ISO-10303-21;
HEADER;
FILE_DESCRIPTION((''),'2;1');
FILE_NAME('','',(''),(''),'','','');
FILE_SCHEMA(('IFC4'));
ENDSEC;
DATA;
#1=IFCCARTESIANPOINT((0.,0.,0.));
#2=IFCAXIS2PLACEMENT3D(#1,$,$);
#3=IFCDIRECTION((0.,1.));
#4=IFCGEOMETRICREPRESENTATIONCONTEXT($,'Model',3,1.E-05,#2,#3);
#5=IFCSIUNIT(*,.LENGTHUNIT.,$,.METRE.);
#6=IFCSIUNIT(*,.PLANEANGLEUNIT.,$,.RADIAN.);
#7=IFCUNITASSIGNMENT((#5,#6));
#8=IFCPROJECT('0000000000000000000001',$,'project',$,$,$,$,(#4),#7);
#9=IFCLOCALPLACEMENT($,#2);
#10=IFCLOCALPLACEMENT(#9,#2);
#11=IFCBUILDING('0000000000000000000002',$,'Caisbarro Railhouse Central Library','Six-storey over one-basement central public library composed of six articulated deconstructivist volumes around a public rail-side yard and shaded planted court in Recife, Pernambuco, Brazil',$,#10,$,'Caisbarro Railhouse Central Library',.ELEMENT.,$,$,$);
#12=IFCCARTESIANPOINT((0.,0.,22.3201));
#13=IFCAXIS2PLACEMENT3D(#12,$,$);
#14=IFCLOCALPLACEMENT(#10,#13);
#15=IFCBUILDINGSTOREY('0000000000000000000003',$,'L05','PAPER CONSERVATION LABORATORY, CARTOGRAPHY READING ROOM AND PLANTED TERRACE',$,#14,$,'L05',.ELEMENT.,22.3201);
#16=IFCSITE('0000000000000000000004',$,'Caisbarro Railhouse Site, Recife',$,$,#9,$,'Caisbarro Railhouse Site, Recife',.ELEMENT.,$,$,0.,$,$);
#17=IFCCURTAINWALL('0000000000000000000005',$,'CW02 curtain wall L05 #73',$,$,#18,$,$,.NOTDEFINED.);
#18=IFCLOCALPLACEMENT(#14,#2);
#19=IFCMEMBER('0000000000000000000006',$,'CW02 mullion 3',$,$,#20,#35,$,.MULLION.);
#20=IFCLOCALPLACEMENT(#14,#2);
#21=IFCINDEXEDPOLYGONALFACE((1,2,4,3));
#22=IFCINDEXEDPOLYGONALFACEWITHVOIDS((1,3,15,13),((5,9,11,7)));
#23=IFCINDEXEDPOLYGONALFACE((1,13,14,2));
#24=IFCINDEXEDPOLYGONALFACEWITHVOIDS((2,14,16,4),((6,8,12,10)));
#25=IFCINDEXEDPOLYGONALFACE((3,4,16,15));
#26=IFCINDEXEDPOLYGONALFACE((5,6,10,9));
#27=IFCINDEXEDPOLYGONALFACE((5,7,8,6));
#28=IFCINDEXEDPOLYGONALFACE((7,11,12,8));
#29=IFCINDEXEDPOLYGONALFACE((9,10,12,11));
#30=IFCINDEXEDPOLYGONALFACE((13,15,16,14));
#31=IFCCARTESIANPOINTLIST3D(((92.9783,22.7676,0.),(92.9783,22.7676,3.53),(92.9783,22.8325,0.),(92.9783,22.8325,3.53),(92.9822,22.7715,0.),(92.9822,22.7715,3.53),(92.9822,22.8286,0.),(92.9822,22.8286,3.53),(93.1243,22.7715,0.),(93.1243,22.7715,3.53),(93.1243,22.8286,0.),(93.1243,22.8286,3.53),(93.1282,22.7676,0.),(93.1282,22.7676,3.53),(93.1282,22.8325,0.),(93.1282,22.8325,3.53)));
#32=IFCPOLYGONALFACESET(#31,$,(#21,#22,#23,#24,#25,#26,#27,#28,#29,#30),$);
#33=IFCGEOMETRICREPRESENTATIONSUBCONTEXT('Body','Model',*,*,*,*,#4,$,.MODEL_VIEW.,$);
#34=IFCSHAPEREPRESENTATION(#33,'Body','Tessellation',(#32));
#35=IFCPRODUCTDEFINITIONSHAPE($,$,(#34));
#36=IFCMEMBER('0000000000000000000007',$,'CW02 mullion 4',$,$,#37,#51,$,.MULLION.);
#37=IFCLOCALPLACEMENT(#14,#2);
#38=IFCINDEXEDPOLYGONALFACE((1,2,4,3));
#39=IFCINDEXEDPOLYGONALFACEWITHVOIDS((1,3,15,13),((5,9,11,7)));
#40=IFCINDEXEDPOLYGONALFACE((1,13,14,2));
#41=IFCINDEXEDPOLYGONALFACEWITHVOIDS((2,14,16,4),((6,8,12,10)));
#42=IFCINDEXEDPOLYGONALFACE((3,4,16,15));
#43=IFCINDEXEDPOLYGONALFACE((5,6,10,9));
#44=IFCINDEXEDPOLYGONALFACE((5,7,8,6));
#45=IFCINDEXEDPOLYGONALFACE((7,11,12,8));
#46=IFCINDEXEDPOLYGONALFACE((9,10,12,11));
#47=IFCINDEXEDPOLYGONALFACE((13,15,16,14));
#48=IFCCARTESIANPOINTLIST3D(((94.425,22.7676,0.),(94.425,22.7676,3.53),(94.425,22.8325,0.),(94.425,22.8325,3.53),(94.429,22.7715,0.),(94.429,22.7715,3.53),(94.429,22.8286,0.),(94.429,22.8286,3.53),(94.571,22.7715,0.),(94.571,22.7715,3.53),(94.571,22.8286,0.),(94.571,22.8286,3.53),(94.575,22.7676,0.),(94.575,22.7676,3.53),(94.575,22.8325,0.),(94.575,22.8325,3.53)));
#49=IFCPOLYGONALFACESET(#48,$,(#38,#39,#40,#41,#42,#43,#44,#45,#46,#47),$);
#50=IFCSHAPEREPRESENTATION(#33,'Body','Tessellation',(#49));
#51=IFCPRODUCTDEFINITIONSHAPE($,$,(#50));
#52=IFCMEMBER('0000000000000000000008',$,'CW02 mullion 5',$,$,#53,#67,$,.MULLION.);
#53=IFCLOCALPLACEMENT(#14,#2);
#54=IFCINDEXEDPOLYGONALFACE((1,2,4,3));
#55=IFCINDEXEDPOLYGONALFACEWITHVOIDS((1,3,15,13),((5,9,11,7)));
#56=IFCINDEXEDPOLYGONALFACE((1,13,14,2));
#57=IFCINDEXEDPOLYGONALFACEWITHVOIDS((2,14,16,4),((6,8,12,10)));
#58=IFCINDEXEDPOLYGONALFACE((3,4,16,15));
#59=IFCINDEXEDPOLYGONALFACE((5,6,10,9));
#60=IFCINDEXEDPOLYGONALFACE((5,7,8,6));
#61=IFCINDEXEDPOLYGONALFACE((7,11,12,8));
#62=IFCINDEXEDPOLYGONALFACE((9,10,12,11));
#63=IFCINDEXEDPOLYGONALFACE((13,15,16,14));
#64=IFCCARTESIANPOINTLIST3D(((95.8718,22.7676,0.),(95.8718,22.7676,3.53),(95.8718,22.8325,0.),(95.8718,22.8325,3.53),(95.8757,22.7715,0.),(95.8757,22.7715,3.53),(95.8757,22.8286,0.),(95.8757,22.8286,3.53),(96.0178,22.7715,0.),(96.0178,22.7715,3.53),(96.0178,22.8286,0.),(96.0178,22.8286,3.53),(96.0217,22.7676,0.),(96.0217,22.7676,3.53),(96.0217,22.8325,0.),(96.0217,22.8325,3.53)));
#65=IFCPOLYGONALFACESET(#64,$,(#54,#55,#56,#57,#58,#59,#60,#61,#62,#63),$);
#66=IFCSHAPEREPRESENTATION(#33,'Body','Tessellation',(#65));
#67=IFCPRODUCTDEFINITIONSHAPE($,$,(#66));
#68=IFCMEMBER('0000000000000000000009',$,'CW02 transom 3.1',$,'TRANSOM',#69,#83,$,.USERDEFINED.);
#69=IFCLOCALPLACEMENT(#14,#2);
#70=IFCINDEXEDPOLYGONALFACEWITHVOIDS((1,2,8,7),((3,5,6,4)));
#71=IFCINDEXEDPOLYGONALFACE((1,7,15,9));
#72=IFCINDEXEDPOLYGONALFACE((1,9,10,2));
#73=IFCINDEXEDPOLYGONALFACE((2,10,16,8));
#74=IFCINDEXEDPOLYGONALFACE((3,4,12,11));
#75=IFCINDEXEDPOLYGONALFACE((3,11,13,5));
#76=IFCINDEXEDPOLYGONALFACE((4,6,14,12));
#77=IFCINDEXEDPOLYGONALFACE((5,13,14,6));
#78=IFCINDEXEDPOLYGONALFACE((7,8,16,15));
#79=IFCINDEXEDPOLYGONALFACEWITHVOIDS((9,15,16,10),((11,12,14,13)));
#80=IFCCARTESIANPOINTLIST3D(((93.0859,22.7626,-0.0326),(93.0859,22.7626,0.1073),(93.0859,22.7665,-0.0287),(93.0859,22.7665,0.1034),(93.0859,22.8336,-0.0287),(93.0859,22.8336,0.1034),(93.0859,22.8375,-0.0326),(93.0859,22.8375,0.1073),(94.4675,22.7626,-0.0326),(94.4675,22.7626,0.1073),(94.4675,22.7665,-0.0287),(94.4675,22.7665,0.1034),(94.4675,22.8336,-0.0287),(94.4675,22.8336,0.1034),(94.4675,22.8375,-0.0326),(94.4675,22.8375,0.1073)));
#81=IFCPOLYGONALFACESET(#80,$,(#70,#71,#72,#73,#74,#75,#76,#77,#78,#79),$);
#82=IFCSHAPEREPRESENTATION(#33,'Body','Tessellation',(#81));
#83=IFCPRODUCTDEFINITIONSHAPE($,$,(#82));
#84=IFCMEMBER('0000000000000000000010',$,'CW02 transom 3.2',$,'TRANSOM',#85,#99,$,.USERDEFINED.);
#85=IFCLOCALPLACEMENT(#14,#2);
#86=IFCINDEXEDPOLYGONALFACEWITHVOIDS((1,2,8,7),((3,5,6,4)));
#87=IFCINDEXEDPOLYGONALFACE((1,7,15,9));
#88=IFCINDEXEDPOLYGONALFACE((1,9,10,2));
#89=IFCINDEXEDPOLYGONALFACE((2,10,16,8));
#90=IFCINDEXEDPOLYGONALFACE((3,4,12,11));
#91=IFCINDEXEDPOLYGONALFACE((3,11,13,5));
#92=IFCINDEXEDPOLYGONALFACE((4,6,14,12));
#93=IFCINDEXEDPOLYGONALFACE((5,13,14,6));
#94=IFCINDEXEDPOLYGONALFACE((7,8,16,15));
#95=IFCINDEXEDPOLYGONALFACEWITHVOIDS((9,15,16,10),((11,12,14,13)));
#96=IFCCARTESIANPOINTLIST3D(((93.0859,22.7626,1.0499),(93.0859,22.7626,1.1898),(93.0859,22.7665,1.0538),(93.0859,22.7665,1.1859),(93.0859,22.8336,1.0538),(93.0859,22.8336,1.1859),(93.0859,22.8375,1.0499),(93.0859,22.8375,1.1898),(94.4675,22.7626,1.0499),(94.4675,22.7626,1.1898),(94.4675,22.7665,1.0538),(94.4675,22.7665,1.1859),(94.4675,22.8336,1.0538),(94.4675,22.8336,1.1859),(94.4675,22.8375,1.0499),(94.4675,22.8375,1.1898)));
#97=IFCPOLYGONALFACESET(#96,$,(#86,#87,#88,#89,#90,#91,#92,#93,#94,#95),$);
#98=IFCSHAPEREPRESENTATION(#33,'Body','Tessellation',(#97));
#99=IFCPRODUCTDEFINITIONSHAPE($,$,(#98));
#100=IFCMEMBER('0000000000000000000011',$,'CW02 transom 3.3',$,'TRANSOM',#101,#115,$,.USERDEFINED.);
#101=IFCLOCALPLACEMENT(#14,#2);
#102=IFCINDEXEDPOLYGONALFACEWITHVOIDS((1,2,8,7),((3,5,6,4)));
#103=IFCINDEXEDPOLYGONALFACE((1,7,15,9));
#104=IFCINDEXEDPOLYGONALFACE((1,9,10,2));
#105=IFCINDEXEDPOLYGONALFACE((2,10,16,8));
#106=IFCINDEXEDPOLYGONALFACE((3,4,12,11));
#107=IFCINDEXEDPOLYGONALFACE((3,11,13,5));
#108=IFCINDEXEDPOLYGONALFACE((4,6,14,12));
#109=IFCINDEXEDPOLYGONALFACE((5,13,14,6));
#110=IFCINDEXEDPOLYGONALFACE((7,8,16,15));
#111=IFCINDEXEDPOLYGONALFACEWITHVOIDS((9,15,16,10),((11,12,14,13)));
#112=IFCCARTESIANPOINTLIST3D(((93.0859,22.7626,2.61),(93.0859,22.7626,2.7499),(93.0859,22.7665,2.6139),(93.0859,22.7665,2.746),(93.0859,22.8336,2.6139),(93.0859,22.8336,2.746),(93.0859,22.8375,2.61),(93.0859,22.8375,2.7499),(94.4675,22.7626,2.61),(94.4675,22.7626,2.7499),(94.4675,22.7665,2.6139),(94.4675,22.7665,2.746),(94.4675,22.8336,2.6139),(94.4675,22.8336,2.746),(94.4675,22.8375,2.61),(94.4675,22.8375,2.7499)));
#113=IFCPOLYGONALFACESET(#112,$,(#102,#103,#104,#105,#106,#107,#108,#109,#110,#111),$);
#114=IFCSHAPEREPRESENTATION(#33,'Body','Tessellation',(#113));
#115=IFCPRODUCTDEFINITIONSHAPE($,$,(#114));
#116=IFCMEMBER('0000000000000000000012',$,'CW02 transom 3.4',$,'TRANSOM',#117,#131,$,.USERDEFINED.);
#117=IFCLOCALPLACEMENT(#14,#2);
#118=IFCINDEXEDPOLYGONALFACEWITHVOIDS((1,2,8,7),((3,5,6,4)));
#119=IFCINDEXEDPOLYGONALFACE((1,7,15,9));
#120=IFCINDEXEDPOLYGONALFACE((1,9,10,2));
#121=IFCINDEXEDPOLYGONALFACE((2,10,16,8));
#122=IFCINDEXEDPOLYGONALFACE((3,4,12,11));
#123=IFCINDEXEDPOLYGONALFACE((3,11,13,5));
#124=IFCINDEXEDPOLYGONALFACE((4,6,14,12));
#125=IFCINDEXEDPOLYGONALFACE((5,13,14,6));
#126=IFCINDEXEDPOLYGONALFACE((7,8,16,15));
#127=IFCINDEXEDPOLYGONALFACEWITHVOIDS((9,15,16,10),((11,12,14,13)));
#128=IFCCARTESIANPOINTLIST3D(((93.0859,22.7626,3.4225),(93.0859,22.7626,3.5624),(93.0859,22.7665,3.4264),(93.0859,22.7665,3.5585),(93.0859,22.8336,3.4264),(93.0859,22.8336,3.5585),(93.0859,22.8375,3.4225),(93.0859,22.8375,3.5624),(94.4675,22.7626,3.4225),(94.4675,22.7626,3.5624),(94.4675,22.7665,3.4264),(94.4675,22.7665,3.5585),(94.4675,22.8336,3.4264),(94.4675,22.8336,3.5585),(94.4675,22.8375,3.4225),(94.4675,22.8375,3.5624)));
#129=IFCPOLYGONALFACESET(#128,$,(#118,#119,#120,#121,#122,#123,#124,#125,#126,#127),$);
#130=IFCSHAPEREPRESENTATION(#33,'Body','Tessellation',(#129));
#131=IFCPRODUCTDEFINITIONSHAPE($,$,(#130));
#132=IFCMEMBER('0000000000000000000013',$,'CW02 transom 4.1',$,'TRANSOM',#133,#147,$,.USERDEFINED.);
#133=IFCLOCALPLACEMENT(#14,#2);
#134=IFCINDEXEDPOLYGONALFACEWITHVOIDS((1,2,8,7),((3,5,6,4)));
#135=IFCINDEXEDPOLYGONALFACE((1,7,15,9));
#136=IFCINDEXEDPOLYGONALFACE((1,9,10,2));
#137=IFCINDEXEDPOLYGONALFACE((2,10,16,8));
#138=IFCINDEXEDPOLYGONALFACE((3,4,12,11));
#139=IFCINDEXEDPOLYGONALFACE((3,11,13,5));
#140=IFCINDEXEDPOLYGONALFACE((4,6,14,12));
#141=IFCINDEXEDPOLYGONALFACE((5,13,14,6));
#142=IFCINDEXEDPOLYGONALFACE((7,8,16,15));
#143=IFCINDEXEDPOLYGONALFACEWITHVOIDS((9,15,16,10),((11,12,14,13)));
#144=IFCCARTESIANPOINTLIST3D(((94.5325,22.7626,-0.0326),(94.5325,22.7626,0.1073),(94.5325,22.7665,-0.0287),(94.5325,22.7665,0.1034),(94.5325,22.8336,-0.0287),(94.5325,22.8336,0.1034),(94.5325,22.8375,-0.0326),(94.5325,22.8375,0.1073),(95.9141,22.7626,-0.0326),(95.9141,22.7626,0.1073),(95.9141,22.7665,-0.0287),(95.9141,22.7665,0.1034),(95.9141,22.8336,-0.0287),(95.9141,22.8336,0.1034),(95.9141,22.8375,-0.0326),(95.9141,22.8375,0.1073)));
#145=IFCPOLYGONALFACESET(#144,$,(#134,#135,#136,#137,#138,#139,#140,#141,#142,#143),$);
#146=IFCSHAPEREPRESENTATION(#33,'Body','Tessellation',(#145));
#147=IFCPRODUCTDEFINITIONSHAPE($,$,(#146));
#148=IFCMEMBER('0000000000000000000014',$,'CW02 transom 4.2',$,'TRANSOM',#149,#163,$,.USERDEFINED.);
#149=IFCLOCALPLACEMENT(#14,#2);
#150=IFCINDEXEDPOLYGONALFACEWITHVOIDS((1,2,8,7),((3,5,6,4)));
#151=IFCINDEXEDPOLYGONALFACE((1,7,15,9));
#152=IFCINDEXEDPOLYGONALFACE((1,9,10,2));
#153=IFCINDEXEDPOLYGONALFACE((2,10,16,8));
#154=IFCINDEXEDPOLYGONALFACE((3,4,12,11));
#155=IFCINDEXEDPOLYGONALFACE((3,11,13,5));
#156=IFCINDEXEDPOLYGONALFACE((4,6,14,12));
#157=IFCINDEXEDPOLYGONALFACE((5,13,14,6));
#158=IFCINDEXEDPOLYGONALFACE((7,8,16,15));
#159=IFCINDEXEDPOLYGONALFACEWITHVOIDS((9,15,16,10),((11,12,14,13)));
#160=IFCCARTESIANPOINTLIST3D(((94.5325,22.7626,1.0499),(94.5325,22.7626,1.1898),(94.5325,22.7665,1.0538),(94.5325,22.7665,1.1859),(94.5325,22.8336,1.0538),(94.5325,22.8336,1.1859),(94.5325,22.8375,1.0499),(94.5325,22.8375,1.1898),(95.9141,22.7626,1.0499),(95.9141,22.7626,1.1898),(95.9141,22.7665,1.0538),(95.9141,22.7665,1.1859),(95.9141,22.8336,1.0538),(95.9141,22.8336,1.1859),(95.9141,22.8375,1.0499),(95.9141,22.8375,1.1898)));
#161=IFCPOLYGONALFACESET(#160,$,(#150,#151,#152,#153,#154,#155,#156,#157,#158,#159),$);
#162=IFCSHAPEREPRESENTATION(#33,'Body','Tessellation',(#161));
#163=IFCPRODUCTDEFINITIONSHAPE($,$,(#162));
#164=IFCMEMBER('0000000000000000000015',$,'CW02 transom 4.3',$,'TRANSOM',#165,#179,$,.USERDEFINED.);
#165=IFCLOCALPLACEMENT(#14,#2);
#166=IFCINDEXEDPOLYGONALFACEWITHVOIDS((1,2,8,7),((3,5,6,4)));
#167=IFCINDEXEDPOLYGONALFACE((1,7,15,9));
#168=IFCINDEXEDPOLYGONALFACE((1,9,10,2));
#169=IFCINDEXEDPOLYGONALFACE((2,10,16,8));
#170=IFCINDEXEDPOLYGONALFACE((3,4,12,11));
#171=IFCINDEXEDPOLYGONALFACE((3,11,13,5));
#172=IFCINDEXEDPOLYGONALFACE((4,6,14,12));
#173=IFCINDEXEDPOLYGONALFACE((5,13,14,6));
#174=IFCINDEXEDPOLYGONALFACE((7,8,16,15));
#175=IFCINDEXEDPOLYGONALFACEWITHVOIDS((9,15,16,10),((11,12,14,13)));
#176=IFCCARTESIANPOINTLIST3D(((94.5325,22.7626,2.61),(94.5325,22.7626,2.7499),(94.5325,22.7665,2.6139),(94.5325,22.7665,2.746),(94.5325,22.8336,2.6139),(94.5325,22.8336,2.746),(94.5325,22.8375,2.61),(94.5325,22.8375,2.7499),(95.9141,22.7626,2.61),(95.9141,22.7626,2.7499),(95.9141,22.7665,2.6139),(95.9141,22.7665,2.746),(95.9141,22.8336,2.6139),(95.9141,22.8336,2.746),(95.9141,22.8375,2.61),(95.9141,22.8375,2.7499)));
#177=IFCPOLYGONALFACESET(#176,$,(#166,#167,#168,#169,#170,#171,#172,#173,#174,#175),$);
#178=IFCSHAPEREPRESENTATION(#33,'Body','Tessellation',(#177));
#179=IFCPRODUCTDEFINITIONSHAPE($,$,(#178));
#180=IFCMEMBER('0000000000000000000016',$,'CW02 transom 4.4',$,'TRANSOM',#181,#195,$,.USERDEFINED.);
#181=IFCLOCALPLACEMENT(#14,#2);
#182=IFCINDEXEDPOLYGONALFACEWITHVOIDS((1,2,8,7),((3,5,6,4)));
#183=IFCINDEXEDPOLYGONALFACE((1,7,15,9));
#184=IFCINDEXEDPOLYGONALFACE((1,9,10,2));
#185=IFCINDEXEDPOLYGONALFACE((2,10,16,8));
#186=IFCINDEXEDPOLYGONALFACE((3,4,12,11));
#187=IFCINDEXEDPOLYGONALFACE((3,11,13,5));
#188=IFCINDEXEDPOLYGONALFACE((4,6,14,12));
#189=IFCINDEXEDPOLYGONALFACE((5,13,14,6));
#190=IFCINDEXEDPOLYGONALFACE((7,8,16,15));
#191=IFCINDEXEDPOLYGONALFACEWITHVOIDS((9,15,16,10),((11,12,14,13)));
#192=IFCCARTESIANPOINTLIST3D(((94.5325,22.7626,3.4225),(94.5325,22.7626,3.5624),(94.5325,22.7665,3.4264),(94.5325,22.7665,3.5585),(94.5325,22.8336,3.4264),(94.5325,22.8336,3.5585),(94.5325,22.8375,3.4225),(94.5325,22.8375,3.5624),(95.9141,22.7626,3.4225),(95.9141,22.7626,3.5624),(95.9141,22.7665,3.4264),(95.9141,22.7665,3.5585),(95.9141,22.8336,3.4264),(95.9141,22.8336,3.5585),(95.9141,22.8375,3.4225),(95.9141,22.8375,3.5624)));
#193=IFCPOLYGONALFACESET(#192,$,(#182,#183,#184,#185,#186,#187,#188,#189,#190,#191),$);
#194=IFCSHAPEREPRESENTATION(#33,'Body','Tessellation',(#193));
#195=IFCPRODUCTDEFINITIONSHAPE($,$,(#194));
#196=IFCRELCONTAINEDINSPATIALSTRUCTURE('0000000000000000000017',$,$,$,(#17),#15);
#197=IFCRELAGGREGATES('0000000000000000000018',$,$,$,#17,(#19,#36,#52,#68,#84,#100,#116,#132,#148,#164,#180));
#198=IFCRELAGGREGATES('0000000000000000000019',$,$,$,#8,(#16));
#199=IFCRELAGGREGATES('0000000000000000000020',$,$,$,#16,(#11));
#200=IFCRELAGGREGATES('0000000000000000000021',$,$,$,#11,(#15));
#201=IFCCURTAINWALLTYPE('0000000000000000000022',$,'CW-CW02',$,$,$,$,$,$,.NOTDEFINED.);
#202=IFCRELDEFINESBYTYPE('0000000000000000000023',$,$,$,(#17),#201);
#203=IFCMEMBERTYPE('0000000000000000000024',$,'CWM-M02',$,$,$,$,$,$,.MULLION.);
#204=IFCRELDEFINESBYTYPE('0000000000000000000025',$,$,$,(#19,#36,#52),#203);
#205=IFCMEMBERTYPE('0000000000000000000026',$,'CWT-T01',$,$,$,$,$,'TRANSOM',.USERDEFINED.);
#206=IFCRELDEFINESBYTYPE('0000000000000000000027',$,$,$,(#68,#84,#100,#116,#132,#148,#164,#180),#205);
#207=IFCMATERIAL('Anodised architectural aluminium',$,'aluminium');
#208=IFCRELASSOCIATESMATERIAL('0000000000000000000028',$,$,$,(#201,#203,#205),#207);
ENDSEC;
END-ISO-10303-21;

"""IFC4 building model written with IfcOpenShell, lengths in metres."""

from ifc_helpers import new_model, si_unit, direction, frame, origin, origin_2d, place, context, subcontext, project, spatial, hollow_rectangle, extrude, material, material_profile, profile_set, type_object, element, aggregate, save


model = new_model("IFC4")

# Units and contexts
model_context = context("Model", 3, precision=1e-05, world=origin(), true_north=direction((0.0, 1.0)))
body_context = subcontext(model_context, "Body", "Model", "MODEL_VIEW")
ifc_project = project(units=[si_unit("LENGTHUNIT", "METRE"), si_unit("PLANEANGLEUNIT", "RADIAN")], contexts=[model_context])

# Site, building, storey
site_placement = place(None, origin())
site = spatial("IfcSite", under=ifc_project, at=site_placement, Name="Caisbarro Railhouse Site, Recife", LongName="Caisbarro Railhouse Site, Recife", CompositionType="ELEMENT", RefElevation=0.0)
building_placement = place(site_placement, origin())
building = spatial("IfcBuilding", under=site, at=building_placement, Name="Caisbarro Railhouse Central Library", Description="Six-storey over one-basement central public library composed of six articulated deconstructivist volumes around a public rail-side yard and shaded planted court in Recife, Pernambuco, Brazil", LongName="Caisbarro Railhouse Central Library", CompositionType="ELEMENT")
storey_placement = place(building_placement, frame((0.0, 0.0, 22.3201)))
storey = spatial("IfcBuildingStorey", under=building, at=storey_placement, Name="L05", Description="PAPER CONSERVATION LABORATORY, CARTOGRAPHY READING ROOM AND PLANTED TERRACE", LongName="L05", CompositionType="ELEMENT", Elevation=22.3201)

# Curtain wall, members
ifc_material_1 = material(Name="Anodised architectural aluminium", Category="aluminium")
curtain_wall_type = type_object("IfcCurtainWallType", Name="CW-CW02", PredefinedType="NOTDEFINED", material=ifc_material_1)
curtain_wall_placement = place(storey_placement, origin())
curtain_wall = element("IfcCurtainWall", 1, at=curtain_wall_placement, inside=storey, type_object=curtain_wall_type, Name="CW02 curtain wall L05 #73", PredefinedType="NOTDEFINED")
ifc_material_profile_1 = material_profile(ifc_material_1, hollow_rectangle(XDim=0.0649, YDim=0.1499, WallThickness=0.0039, at=origin_2d()), Name="ALU-MUL-65X150")
ifc_profile_set_1 = profile_set([ifc_material_profile_1], Name="Anodised architectural aluminium")
member_type_1 = type_object("IfcMemberType", Name="CWM-M02", PredefinedType="MULLION", material=ifc_profile_set_1)
member_1_placement = place(storey_placement, frame((93.0532, 22.8, 0.0), z_axis=(0.0, 0.0, 1.0), x_axis=(0.0, 1.0, 0.0)))
member_1 = element("IfcMember", 2, at=member_1_placement, type_object=member_type_1, Name="CW02 mullion 3", PredefinedType="MULLION", context=body_context, shape_type="SweptSolid", body=[
    extrude(hollow_rectangle(XDim=0.0649, YDim=0.1499, WallThickness=0.0039, at=origin_2d()), origin(), (0.0, 0.0, 1.0), 3.53),
])
member_2_placement = place(storey_placement, frame((94.5, 22.8, 0.0), z_axis=(0.0, 0.0, 1.0), x_axis=(0.0, 1.0, 0.0)))
member_2 = element("IfcMember", 3, at=member_2_placement, type_object=member_type_1, Name="CW02 mullion 4", PredefinedType="MULLION", context=body_context, shape_type="SweptSolid", body=[
    extrude(hollow_rectangle(XDim=0.0649, YDim=0.1499, WallThickness=0.0039, at=origin_2d()), origin(), (0.0, 0.0, 1.0), 3.53),
])
member_3_placement = place(storey_placement, frame((95.9468, 22.8, 0.0), z_axis=(0.0, 0.0, 1.0), x_axis=(0.0, 1.0, 0.0)))
member_3 = element("IfcMember", 4, at=member_3_placement, type_object=member_type_1, Name="CW02 mullion 5", PredefinedType="MULLION", context=body_context, shape_type="SweptSolid", body=[
    extrude(hollow_rectangle(XDim=0.0649, YDim=0.1499, WallThickness=0.0039, at=origin_2d()), origin(), (0.0, 0.0, 1.0), 3.53),
])
ifc_material_profile_2 = material_profile(ifc_material_1, hollow_rectangle(XDim=0.075, YDim=0.1399, WallThickness=0.0039, at=origin_2d()), Name="ALU-TRN-75X140")
ifc_profile_set_2 = profile_set([ifc_material_profile_2], Name="Anodised architectural aluminium")
member_type_2 = type_object("IfcMemberType", Name="CWT-T01", ElementType="TRANSOM", PredefinedType="USERDEFINED", material=ifc_profile_set_2)
member_4_placement = place(storey_placement, frame((93.0859, 22.8, 0.0374), z_axis=(1.0, 0.0, 0.0), x_axis=(0.0, 1.0, 0.0)))
member_4 = element("IfcMember", 5, at=member_4_placement, type_object=member_type_2, Name="CW02 transom 3.1", ObjectType="TRANSOM", PredefinedType="USERDEFINED", context=body_context, shape_type="SweptSolid", body=[
    extrude(hollow_rectangle(XDim=0.075, YDim=0.1399, WallThickness=0.0039, at=origin_2d()), origin(), (0.0, 0.0, 1.0), 1.3816),
])
member_5_placement = place(storey_placement, frame((93.0859, 22.8, 1.1199), z_axis=(1.0, 0.0, 0.0), x_axis=(0.0, 1.0, 0.0)))
member_5 = element("IfcMember", 6, at=member_5_placement, type_object=member_type_2, Name="CW02 transom 3.2", ObjectType="TRANSOM", PredefinedType="USERDEFINED", context=body_context, shape_type="SweptSolid", body=[
    extrude(hollow_rectangle(XDim=0.075, YDim=0.1399, WallThickness=0.0039, at=origin_2d()), origin(), (0.0, 0.0, 1.0), 1.3816),
])
member_6_placement = place(storey_placement, frame((93.0859, 22.8, 2.6799), z_axis=(1.0, 0.0, 0.0), x_axis=(0.0, 1.0, 0.0)))
member_6 = element("IfcMember", 7, at=member_6_placement, type_object=member_type_2, Name="CW02 transom 3.3", ObjectType="TRANSOM", PredefinedType="USERDEFINED", context=body_context, shape_type="SweptSolid", body=[
    extrude(hollow_rectangle(XDim=0.075, YDim=0.1399, WallThickness=0.0039, at=origin_2d()), origin(), (0.0, 0.0, 1.0), 1.3816),
])
member_7_placement = place(storey_placement, frame((93.0859, 22.8, 3.4924), z_axis=(1.0, 0.0, 0.0), x_axis=(0.0, 1.0, 0.0)))
member_7 = element("IfcMember", 8, at=member_7_placement, type_object=member_type_2, Name="CW02 transom 3.4", ObjectType="TRANSOM", PredefinedType="USERDEFINED", context=body_context, shape_type="SweptSolid", body=[
    extrude(hollow_rectangle(XDim=0.075, YDim=0.1399, WallThickness=0.0039, at=origin_2d()), origin(), (0.0, 0.0, 1.0), 1.3816),
])
member_8_placement = place(storey_placement, frame((94.5325, 22.8, 0.0374), z_axis=(1.0, 0.0, 0.0), x_axis=(0.0, 1.0, 0.0)))
member_8 = element("IfcMember", 9, at=member_8_placement, type_object=member_type_2, Name="CW02 transom 4.1", ObjectType="TRANSOM", PredefinedType="USERDEFINED", context=body_context, shape_type="SweptSolid", body=[
    extrude(hollow_rectangle(XDim=0.075, YDim=0.1399, WallThickness=0.0039, at=origin_2d()), origin(), (0.0, 0.0, 1.0), 1.3816),
])
member_9_placement = place(storey_placement, frame((94.5325, 22.8, 1.1199), z_axis=(1.0, 0.0, 0.0), x_axis=(0.0, 1.0, 0.0)))
member_9 = element("IfcMember", 10, at=member_9_placement, type_object=member_type_2, Name="CW02 transom 4.2", ObjectType="TRANSOM", PredefinedType="USERDEFINED", context=body_context, shape_type="SweptSolid", body=[
    extrude(hollow_rectangle(XDim=0.075, YDim=0.1399, WallThickness=0.0039, at=origin_2d()), origin(), (0.0, 0.0, 1.0), 1.3816),
])
member_10_placement = place(storey_placement, frame((94.5325, 22.8, 2.6799), z_axis=(1.0, 0.0, 0.0), x_axis=(0.0, 1.0, 0.0)))
member_10 = element("IfcMember", 11, at=member_10_placement, type_object=member_type_2, Name="CW02 transom 4.3", ObjectType="TRANSOM", PredefinedType="USERDEFINED", context=body_context, shape_type="SweptSolid", body=[
    extrude(hollow_rectangle(XDim=0.075, YDim=0.1399, WallThickness=0.0039, at=origin_2d()), origin(), (0.0, 0.0, 1.0), 1.3816),
])
member_11_placement = place(storey_placement, frame((94.5325, 22.8, 3.4924), z_axis=(1.0, 0.0, 0.0), x_axis=(0.0, 1.0, 0.0)))
member_11 = element("IfcMember", 12, at=member_11_placement, type_object=member_type_2, Name="CW02 transom 4.4", ObjectType="TRANSOM", PredefinedType="USERDEFINED", context=body_context, shape_type="SweptSolid", body=[
    extrude(hollow_rectangle(XDim=0.075, YDim=0.1399, WallThickness=0.0039, at=origin_2d()), origin(), (0.0, 0.0, 1.0), 1.3816),
])
aggregate(curtain_wall, [member_1, member_2, member_3, member_4, member_5, member_6, member_7, member_8, member_9, member_10, member_11])

save(model, "model.ifc")
